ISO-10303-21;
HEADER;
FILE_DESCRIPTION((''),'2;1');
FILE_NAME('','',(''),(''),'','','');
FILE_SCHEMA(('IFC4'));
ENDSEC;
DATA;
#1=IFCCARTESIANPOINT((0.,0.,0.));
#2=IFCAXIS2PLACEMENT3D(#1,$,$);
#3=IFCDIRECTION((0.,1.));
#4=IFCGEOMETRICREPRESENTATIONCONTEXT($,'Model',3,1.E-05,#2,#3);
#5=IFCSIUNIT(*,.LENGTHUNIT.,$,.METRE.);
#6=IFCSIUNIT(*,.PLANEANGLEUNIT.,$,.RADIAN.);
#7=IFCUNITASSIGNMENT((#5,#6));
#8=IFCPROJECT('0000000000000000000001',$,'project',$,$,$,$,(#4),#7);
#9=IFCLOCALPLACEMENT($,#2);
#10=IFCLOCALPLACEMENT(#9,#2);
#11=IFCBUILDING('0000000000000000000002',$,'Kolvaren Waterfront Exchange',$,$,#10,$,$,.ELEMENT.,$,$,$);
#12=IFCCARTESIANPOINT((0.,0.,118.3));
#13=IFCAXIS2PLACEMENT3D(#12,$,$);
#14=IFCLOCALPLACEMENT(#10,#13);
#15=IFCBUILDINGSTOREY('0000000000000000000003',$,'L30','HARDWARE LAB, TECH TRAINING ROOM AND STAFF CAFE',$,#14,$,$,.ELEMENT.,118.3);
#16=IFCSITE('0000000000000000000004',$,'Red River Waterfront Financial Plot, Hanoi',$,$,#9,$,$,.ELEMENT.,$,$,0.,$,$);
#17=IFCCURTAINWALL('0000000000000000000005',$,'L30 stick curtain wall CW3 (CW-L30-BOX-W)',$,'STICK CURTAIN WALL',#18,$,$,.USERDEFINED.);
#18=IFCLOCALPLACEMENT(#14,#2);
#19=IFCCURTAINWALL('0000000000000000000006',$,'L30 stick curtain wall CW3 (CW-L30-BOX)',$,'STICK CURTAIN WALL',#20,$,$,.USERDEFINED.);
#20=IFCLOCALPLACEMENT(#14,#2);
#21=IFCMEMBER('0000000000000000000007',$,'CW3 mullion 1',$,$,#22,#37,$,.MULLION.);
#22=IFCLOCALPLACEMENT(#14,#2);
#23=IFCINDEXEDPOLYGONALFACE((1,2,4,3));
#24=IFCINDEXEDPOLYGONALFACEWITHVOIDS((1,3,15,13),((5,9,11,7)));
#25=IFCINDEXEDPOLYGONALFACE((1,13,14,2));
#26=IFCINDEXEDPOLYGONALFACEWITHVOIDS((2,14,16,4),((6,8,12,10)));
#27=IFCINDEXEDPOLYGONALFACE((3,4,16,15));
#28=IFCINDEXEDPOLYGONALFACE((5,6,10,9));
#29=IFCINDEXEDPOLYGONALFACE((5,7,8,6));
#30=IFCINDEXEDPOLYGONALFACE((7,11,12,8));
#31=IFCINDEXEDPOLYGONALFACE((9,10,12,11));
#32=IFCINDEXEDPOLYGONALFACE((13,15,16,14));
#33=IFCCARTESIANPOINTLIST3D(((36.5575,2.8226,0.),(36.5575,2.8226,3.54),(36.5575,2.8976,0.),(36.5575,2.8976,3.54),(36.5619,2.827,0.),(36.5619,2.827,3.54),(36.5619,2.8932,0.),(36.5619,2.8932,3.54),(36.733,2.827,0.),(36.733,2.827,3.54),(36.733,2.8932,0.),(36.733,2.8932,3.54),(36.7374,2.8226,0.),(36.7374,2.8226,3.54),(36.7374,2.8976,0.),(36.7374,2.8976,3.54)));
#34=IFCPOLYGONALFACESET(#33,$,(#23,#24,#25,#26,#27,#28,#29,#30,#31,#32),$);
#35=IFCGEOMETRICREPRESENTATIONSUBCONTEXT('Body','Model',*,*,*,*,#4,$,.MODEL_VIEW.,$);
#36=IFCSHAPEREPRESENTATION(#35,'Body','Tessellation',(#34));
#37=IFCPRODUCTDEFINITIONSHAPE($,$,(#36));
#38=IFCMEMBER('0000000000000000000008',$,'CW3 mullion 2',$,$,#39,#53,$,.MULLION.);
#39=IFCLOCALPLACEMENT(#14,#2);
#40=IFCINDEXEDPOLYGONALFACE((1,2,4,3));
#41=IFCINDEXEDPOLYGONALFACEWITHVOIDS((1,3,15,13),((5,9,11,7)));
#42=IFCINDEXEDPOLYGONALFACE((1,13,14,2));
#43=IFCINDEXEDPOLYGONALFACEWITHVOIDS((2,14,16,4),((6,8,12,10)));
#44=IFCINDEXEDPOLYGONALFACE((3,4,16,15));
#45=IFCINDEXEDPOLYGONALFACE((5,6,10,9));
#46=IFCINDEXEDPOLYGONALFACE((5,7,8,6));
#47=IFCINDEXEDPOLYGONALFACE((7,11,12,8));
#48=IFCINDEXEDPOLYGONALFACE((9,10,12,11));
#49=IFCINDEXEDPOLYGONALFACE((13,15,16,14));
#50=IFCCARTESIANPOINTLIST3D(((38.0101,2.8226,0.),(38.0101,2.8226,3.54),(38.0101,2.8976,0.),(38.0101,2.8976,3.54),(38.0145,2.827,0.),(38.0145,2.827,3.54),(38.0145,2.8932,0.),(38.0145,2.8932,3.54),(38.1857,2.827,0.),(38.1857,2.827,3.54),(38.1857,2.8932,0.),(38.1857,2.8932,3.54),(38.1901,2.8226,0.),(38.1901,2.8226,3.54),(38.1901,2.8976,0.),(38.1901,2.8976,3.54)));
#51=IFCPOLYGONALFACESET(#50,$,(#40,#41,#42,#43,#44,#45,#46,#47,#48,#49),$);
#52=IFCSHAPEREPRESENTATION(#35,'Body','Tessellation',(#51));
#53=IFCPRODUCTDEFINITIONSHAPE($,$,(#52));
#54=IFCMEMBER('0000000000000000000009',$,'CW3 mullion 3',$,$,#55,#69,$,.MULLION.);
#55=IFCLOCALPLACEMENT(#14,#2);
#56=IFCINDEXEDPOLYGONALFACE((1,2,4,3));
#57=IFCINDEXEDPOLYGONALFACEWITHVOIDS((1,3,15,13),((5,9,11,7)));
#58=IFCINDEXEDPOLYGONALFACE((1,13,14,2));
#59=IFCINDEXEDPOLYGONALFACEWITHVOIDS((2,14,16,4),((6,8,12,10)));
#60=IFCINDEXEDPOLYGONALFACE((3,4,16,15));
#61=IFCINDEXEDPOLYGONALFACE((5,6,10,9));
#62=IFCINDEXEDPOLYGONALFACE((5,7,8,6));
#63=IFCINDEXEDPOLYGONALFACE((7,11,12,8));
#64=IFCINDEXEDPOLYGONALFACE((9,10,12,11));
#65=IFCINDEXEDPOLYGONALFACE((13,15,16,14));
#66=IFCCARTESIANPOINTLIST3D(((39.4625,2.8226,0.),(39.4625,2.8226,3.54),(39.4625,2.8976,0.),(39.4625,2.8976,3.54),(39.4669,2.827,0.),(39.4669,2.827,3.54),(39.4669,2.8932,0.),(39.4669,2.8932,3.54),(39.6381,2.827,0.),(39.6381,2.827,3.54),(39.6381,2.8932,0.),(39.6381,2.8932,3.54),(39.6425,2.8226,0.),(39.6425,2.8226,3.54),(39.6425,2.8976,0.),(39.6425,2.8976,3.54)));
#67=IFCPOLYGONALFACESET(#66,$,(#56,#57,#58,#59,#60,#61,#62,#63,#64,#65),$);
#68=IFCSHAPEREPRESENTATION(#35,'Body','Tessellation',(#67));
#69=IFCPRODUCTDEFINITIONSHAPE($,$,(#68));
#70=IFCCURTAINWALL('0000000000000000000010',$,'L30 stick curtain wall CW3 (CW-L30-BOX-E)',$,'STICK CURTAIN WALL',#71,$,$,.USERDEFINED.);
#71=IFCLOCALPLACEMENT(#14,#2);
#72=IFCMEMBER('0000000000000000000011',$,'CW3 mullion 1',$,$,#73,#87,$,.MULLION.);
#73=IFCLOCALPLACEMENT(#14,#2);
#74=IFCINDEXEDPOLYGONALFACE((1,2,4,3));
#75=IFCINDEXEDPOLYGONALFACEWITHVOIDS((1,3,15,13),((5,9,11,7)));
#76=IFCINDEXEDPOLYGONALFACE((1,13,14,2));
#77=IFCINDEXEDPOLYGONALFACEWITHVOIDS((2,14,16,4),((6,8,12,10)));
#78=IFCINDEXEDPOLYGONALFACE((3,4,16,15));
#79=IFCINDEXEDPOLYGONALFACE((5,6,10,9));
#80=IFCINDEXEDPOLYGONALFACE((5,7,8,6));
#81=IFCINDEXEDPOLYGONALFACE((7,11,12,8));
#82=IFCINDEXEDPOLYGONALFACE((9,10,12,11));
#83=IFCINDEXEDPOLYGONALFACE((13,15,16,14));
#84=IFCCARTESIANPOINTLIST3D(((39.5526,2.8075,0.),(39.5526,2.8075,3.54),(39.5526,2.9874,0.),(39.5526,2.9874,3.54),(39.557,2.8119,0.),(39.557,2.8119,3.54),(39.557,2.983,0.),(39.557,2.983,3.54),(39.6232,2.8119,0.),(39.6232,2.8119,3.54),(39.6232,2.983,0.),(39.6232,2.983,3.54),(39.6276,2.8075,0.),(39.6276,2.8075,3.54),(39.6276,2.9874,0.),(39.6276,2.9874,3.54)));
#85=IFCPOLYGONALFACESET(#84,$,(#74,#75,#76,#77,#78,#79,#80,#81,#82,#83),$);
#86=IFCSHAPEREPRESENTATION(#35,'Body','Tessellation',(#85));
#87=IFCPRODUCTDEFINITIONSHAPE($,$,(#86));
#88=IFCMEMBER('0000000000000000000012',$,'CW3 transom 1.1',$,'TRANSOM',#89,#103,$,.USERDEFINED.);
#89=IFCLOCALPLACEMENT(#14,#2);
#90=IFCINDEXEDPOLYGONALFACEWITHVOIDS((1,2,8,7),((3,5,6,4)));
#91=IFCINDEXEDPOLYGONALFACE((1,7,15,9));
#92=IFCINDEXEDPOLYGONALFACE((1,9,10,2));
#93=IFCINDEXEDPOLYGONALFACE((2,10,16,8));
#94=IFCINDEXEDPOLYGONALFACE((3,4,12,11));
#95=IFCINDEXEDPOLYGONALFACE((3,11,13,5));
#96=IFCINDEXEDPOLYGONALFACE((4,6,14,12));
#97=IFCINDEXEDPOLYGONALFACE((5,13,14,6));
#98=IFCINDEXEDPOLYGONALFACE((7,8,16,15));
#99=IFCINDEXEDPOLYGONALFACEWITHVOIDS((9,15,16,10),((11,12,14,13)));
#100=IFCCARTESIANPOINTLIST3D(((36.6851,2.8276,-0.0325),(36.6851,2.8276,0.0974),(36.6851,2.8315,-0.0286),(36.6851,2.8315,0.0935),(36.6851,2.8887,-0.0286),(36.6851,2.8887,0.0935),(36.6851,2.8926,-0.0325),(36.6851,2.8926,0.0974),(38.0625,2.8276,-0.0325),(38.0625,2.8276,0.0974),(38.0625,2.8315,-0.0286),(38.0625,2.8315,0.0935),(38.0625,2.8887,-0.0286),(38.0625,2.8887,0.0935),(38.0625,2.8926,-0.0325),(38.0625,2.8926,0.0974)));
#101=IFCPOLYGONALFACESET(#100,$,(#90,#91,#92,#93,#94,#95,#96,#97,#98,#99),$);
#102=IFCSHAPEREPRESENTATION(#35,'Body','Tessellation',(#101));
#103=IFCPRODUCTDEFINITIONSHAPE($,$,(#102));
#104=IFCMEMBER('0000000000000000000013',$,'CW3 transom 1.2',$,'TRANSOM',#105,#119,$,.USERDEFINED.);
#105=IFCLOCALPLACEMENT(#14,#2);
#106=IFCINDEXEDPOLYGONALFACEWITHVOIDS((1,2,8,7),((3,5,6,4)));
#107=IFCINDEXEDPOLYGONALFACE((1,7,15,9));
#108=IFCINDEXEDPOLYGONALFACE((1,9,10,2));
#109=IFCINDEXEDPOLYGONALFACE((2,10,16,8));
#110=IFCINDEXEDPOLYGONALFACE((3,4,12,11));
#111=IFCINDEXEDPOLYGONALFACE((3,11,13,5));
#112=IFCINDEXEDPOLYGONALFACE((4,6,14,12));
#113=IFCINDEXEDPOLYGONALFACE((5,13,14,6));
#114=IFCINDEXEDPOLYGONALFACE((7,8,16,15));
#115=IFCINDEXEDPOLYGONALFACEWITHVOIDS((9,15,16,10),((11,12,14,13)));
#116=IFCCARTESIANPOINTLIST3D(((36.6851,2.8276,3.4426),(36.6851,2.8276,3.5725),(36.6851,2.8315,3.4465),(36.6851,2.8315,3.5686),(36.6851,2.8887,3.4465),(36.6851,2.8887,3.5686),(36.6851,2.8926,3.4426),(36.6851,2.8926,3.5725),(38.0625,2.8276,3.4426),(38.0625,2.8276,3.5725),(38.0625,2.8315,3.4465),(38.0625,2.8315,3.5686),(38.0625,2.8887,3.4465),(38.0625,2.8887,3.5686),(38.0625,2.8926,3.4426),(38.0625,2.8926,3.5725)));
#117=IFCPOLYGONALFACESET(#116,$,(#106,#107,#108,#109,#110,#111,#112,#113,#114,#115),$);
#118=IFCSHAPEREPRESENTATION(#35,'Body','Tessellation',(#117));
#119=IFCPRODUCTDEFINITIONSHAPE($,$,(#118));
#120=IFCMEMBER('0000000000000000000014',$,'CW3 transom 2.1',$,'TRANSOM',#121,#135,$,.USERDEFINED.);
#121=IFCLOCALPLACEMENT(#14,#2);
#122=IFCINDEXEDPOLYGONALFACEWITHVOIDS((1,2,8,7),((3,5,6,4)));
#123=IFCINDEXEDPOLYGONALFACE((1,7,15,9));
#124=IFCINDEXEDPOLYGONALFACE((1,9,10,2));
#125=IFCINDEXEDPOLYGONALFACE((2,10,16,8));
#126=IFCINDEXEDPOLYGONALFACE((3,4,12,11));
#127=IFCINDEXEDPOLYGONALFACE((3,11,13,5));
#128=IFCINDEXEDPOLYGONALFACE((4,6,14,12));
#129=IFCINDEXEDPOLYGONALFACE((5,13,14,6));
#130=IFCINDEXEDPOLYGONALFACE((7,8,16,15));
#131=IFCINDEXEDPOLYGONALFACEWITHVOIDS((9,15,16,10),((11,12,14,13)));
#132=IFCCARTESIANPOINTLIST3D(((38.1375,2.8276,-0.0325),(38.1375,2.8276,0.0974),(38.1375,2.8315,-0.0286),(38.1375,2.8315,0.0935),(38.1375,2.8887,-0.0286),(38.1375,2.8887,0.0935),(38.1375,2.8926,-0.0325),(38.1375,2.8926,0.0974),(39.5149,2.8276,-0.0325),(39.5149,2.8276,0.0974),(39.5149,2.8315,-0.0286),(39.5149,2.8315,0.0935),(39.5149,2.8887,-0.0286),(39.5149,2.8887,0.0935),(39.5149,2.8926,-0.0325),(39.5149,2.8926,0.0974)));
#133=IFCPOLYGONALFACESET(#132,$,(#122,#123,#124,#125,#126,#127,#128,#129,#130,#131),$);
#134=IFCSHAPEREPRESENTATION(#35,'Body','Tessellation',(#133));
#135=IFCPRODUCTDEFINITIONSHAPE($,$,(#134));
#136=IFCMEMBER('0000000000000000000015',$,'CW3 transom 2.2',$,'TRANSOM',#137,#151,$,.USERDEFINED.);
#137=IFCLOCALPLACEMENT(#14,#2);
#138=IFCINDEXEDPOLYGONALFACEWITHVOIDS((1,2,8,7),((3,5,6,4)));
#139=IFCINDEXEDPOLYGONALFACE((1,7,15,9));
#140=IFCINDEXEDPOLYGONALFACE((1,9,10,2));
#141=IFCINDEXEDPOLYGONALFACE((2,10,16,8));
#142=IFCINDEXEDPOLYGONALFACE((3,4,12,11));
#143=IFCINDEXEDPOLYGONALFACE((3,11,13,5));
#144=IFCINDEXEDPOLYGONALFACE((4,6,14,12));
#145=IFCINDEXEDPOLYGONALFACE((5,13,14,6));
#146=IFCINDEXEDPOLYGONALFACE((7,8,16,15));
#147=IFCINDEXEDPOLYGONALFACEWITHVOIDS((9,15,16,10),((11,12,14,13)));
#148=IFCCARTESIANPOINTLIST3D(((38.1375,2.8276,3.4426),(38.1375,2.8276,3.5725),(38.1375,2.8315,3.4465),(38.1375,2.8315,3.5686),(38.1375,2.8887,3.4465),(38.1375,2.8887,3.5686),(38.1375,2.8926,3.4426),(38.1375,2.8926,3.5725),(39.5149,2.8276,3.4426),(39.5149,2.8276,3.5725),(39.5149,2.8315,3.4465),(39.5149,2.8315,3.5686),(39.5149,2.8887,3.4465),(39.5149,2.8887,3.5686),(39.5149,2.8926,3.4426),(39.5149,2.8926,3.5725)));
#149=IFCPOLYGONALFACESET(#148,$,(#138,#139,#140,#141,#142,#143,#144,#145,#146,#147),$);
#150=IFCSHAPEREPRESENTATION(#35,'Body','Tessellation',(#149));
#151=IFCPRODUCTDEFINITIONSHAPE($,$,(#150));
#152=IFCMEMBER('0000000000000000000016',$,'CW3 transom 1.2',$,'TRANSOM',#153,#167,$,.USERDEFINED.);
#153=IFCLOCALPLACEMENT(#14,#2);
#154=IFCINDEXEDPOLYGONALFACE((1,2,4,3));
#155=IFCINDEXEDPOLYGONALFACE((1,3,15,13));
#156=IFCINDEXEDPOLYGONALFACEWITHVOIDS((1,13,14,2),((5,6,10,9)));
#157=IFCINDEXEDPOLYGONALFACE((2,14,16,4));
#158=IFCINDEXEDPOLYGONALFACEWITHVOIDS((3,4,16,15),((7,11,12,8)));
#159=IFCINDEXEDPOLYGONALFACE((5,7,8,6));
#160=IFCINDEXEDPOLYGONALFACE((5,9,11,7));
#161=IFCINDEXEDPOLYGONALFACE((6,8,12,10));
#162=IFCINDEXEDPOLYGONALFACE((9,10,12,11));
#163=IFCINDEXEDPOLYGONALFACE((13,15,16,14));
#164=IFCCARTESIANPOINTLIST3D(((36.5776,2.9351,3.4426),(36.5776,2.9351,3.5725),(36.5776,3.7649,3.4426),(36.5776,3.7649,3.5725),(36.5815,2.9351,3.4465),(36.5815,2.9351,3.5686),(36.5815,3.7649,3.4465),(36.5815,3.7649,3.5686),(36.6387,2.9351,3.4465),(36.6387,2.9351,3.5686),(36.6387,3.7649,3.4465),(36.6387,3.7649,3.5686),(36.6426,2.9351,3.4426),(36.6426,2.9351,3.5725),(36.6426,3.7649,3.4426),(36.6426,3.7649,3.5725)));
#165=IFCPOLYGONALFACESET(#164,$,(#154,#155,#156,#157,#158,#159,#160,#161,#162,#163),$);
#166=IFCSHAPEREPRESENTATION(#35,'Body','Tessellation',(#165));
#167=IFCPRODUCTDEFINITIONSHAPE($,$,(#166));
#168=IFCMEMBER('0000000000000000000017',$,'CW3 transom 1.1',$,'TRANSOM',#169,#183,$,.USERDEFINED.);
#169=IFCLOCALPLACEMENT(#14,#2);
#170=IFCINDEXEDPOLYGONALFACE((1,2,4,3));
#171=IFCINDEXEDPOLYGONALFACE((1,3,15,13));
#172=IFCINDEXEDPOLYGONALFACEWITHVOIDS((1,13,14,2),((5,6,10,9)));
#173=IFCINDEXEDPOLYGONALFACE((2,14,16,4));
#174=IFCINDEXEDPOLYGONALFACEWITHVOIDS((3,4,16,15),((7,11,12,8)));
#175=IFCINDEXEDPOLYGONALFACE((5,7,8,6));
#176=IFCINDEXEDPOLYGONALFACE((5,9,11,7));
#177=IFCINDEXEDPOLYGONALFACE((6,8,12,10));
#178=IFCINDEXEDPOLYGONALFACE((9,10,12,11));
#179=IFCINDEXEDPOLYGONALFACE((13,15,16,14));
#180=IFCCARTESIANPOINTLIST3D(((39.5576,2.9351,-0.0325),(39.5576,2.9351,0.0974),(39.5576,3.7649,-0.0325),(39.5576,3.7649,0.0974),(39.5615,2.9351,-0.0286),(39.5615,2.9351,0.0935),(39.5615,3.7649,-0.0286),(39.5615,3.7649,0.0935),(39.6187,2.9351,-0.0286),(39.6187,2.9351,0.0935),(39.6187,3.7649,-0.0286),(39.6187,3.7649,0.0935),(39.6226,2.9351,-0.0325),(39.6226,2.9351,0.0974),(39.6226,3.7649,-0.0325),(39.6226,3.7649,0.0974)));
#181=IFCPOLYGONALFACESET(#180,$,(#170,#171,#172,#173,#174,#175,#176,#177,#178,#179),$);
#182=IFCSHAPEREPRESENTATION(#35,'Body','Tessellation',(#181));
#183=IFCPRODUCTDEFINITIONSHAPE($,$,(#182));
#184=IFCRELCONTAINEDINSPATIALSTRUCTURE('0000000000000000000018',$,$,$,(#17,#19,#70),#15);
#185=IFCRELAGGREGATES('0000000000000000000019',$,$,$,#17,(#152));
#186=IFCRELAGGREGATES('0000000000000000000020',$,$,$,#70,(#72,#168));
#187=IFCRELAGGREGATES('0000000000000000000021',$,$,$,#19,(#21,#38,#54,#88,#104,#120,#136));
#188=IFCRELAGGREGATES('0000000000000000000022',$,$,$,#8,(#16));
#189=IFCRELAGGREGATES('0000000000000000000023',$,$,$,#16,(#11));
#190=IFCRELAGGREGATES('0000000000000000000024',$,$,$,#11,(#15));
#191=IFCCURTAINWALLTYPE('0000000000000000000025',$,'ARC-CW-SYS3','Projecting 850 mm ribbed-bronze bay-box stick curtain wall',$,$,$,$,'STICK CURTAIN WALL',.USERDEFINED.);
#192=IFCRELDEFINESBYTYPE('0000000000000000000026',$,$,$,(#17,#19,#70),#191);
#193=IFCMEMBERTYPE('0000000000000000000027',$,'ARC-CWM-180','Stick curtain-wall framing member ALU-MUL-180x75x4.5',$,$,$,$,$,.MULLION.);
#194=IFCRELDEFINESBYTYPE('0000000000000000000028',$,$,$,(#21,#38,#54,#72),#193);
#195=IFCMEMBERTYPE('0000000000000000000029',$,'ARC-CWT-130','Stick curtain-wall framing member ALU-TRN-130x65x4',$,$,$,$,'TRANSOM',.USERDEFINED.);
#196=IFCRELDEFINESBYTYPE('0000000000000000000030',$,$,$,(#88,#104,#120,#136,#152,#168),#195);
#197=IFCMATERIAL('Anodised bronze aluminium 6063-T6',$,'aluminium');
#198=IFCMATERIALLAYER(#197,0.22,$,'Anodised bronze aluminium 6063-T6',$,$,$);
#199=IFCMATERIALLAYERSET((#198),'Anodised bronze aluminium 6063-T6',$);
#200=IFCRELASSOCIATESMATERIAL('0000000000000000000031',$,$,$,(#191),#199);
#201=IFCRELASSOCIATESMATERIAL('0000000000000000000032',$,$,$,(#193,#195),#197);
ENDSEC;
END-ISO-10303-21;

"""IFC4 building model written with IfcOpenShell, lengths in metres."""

from ifc_helpers import new_model, si_unit, direction, frame, origin, origin_with_axes, origin_2d, place, context, subcontext, project, spatial, hollow_rectangle, extrude, source, transform, mapped, material, layer, layer_set, material_profile, profile_set, type_object, element, aggregate, save


model = new_model("IFC4")

# Units and contexts
model_context = context("Model", 3, precision=1e-05, world=origin(), true_north=direction((0.0, 1.0)))
body_context = subcontext(model_context, "Body", "Model", "MODEL_VIEW")
ifc_project = project(units=[si_unit("LENGTHUNIT", "METRE"), si_unit("PLANEANGLEUNIT", "RADIAN")], contexts=[model_context])

# Site, building, storey
site_placement = place(None, origin())
site = spatial("IfcSite", under=ifc_project, at=site_placement, Name="Red River Waterfront Financial Plot, Hanoi", CompositionType="ELEMENT", RefElevation=0.0)
building_placement = place(site_placement, origin())
building = spatial("IfcBuilding", under=site, at=building_placement, Name="Kolvaren Waterfront Exchange", CompositionType="ELEMENT")
storey_placement = place(building_placement, frame((0.0, 0.0, 118.3)))
storey = spatial("IfcBuildingStorey", under=building, at=storey_placement, Name="L30", Description="HARDWARE LAB, TECH TRAINING ROOM AND STAFF CAFE", CompositionType="ELEMENT", Elevation=118.3)

# Curtain wall
ifc_material_1 = material(Name="Anodised bronze aluminium 6063-T6", Category="aluminium")
ifc_layer_1 = layer(ifc_material_1, 0.22, Name="Anodised bronze aluminium 6063-T6")
ifc_layer_set_1 = layer_set([ifc_layer_1], Name="Anodised bronze aluminium 6063-T6")
curtain_wall_type = type_object("IfcCurtainWallType", Name="ARC-CW-SYS3", Description="Projecting 850 mm ribbed-bronze bay-box stick curtain wall", ElementType="STICK CURTAIN WALL", PredefinedType="USERDEFINED", material=ifc_layer_set_1)
curtain_wall_1_placement = place(storey_placement, origin())
curtain_wall_1 = element("IfcCurtainWall", 1, at=curtain_wall_1_placement, inside=storey, type_object=curtain_wall_type, Name="L30 stick curtain wall CW3 (CW-L30-BOX-W)", ObjectType="STICK CURTAIN WALL", PredefinedType="USERDEFINED")
ifc_material_profile_1 = material_profile(ifc_material_1, hollow_rectangle(XDim=0.075, YDim=0.1799, WallThickness=0.0044, at=origin_2d()), Name="ALU-MUL-180x75x4.5")
ifc_profile_set_1 = profile_set([ifc_material_profile_1], Name="Anodised bronze aluminium 6063-T6")
member_type_1 = type_object("IfcMemberType", Name="ARC-CWM-180", Description="Stick curtain-wall framing member ALU-MUL-180x75x4.5", PredefinedType="MULLION", material=ifc_profile_set_1)
shared_shape_1 = source(origin_with_axes(), body_context, "Body", "SweptSolid", [
    extrude(hollow_rectangle(XDim=0.075, YDim=0.1799, WallThickness=0.0044, at=origin_2d()), origin(), (0.0, 0.0, 1.0), 3.54),
])

# Curtain wall, members
curtain_wall_2_placement = place(storey_placement, origin())
curtain_wall_2 = element("IfcCurtainWall", 2, at=curtain_wall_2_placement, inside=storey, type_object=curtain_wall_type, Name="L30 stick curtain wall CW3 (CW-L30-BOX)", ObjectType="STICK CURTAIN WALL", PredefinedType="USERDEFINED")
member_1_placement = place(storey_placement, frame((36.6475, 2.8601, 0.0), z_axis=(0.0, 0.0, 1.0), x_axis=(0.0, 1.0, 0.0)))
member_1 = element("IfcMember", 3, at=member_1_placement, type_object=member_type_1, Name="CW3 mullion 1", PredefinedType="MULLION", context=body_context, shape_type="MappedRepresentation", body=[
    mapped(shared_shape_1, transform((0.0, 0.0, 0.0), x_axis=(1.0, 0.0, 0.0), y_axis=(0.0, 1.0, 0.0), z_axis=(0.0, 0.0, 1.0), scale=1.0)),
])
member_2_placement = place(storey_placement, frame((38.1001, 2.8601, 0.0), z_axis=(0.0, 0.0, 1.0), x_axis=(0.0, 1.0, 0.0)))
member_2 = element("IfcMember", 4, at=member_2_placement, type_object=member_type_1, Name="CW3 mullion 2", PredefinedType="MULLION", context=body_context, shape_type="MappedRepresentation", body=[
    mapped(shared_shape_1, transform((0.0, 0.0, 0.0), x_axis=(1.0, 0.0, 0.0), y_axis=(0.0, 1.0, 0.0), z_axis=(0.0, 0.0, 1.0), scale=1.0)),
])
member_3_placement = place(storey_placement, frame((39.5525, 2.8601, 0.0), z_axis=(0.0, 0.0, 1.0), x_axis=(0.0, 1.0, 0.0)))
member_3 = element("IfcMember", 5, at=member_3_placement, type_object=member_type_1, Name="CW3 mullion 3", PredefinedType="MULLION", context=body_context, shape_type="MappedRepresentation", body=[
    mapped(shared_shape_1, transform((0.0, 0.0, 0.0), x_axis=(1.0, 0.0, 0.0), y_axis=(0.0, 1.0, 0.0), z_axis=(0.0, 0.0, 1.0), scale=1.0)),
])

# Curtain wall, member
curtain_wall_3_placement = place(storey_placement, origin())
curtain_wall_3 = element("IfcCurtainWall", 6, at=curtain_wall_3_placement, inside=storey, type_object=curtain_wall_type, Name="L30 stick curtain wall CW3 (CW-L30-BOX-E)", ObjectType="STICK CURTAIN WALL", PredefinedType="USERDEFINED")
member_4_placement = place(storey_placement, frame((39.5901, 2.8975, 0.0), z_axis=(0.0, 0.0, 1.0), x_axis=(-1.0, 0.0, 0.0)))
member_4 = element("IfcMember", 7, at=member_4_placement, type_object=member_type_1, Name="CW3 mullion 1", PredefinedType="MULLION", context=body_context, shape_type="MappedRepresentation", body=[
    mapped(shared_shape_1, transform((0.0, 0.0, 0.0), x_axis=(1.0, 0.0, 0.0), y_axis=(0.0, 1.0, 0.0), z_axis=(0.0, 0.0, 1.0), scale=1.0)),
])

# Members
ifc_material_profile_2 = material_profile(ifc_material_1, hollow_rectangle(XDim=0.0649, YDim=0.1299, WallThickness=0.0039, at=origin_2d()), Name="ALU-TRN-130x65x4")
ifc_profile_set_2 = profile_set([ifc_material_profile_2], Name="Anodised bronze aluminium 6063-T6")
member_type_2 = type_object("IfcMemberType", Name="ARC-CWT-130", Description="Stick curtain-wall framing member ALU-TRN-130x65x4", ElementType="TRANSOM", PredefinedType="USERDEFINED", material=ifc_profile_set_2)
shared_shape_2 = source(origin_with_axes(), body_context, "Body", "SweptSolid", [
    extrude(hollow_rectangle(XDim=0.0649, YDim=0.1299, WallThickness=0.0039, at=origin_2d()), origin(), (0.0, 0.0, 1.0), 1.3774),
])
member_5_placement = place(storey_placement, frame((36.6851, 2.8601, 0.0325), z_axis=(1.0, 0.0, 0.0), x_axis=(0.0, 1.0, 0.0)))
member_5 = element("IfcMember", 8, at=member_5_placement, type_object=member_type_2, Name="CW3 transom 1.1", ObjectType="TRANSOM", PredefinedType="USERDEFINED", context=body_context, shape_type="MappedRepresentation", body=[
    mapped(shared_shape_2, transform((0.0, 0.0, 0.0), x_axis=(1.0, 0.0, 0.0), y_axis=(0.0, 1.0, 0.0), z_axis=(0.0, 0.0, 1.0), scale=1.0)),
])
member_6_placement = place(storey_placement, frame((36.6851, 2.8601, 3.5076), z_axis=(1.0, 0.0, 0.0), x_axis=(0.0, 1.0, 0.0)))
member_6 = element("IfcMember", 9, at=member_6_placement, type_object=member_type_2, Name="CW3 transom 1.2", ObjectType="TRANSOM", PredefinedType="USERDEFINED", context=body_context, shape_type="MappedRepresentation", body=[
    mapped(shared_shape_2, transform((0.0, 0.0, 0.0), x_axis=(1.0, 0.0, 0.0), y_axis=(0.0, 1.0, 0.0), z_axis=(0.0, 0.0, 1.0), scale=1.0)),
])
member_7_placement = place(storey_placement, frame((38.1375, 2.8601, 0.0325), z_axis=(1.0, 0.0, 0.0), x_axis=(0.0, 1.0, 0.0)))
member_7 = element("IfcMember", 10, at=member_7_placement, type_object=member_type_2, Name="CW3 transom 2.1", ObjectType="TRANSOM", PredefinedType="USERDEFINED", context=body_context, shape_type="MappedRepresentation", body=[
    mapped(shared_shape_2, transform((0.0, 0.0, 0.0), x_axis=(1.0, 0.0, 0.0), y_axis=(0.0, 1.0, 0.0), z_axis=(0.0, 0.0, 1.0), scale=1.0)),
])
member_8_placement = place(storey_placement, frame((38.1375, 2.8601, 3.5076), z_axis=(1.0, 0.0, 0.0), x_axis=(0.0, 1.0, 0.0)))
member_8 = element("IfcMember", 11, at=member_8_placement, type_object=member_type_2, Name="CW3 transom 2.2", ObjectType="TRANSOM", PredefinedType="USERDEFINED", context=body_context, shape_type="MappedRepresentation", body=[
    mapped(shared_shape_2, transform((0.0, 0.0, 0.0), x_axis=(1.0, 0.0, 0.0), y_axis=(0.0, 1.0, 0.0), z_axis=(0.0, 0.0, 1.0), scale=1.0)),
])
shared_shape_3 = source(origin_with_axes(), body_context, "Body", "SweptSolid", [
    extrude(hollow_rectangle(XDim=0.0649, YDim=0.1299, WallThickness=0.0039, at=origin_2d()), origin(), (0.0, 0.0, 1.0), 0.8298),
])
member_9_placement = place(storey_placement, frame((36.6101, 3.7649, 3.5076), z_axis=(0.0, -1.0, 0.0), x_axis=(1.0, 0.0, 0.0)))
member_9 = element("IfcMember", 12, at=member_9_placement, type_object=member_type_2, Name="CW3 transom 1.2", ObjectType="TRANSOM", PredefinedType="USERDEFINED", context=body_context, shape_type="MappedRepresentation", body=[
    mapped(shared_shape_3, transform((0.0, 0.0, 0.0), x_axis=(1.0, 0.0, 0.0), y_axis=(0.0, 1.0, 0.0), z_axis=(0.0, 0.0, 1.0), scale=1.0)),
])
aggregate(curtain_wall_1, [member_9])
member_10_placement = place(storey_placement, frame((39.5901, 2.9351, 0.0325), z_axis=(0.0, 1.0, 0.0), x_axis=(-1.0, 0.0, 0.0)))
member_10 = element("IfcMember", 13, at=member_10_placement, type_object=member_type_2, Name="CW3 transom 1.1", ObjectType="TRANSOM", PredefinedType="USERDEFINED", context=body_context, shape_type="MappedRepresentation", body=[
    mapped(shared_shape_3, transform((0.0, 0.0, 0.0), x_axis=(1.0, 0.0, 0.0), y_axis=(0.0, 1.0, 0.0), z_axis=(0.0, 0.0, 1.0), scale=1.0)),
])
aggregate(curtain_wall_3, [member_4, member_10])

aggregate(curtain_wall_2, [member_1, member_2, member_3, member_5, member_6, member_7, member_8])

save(model, "model.ifc")
